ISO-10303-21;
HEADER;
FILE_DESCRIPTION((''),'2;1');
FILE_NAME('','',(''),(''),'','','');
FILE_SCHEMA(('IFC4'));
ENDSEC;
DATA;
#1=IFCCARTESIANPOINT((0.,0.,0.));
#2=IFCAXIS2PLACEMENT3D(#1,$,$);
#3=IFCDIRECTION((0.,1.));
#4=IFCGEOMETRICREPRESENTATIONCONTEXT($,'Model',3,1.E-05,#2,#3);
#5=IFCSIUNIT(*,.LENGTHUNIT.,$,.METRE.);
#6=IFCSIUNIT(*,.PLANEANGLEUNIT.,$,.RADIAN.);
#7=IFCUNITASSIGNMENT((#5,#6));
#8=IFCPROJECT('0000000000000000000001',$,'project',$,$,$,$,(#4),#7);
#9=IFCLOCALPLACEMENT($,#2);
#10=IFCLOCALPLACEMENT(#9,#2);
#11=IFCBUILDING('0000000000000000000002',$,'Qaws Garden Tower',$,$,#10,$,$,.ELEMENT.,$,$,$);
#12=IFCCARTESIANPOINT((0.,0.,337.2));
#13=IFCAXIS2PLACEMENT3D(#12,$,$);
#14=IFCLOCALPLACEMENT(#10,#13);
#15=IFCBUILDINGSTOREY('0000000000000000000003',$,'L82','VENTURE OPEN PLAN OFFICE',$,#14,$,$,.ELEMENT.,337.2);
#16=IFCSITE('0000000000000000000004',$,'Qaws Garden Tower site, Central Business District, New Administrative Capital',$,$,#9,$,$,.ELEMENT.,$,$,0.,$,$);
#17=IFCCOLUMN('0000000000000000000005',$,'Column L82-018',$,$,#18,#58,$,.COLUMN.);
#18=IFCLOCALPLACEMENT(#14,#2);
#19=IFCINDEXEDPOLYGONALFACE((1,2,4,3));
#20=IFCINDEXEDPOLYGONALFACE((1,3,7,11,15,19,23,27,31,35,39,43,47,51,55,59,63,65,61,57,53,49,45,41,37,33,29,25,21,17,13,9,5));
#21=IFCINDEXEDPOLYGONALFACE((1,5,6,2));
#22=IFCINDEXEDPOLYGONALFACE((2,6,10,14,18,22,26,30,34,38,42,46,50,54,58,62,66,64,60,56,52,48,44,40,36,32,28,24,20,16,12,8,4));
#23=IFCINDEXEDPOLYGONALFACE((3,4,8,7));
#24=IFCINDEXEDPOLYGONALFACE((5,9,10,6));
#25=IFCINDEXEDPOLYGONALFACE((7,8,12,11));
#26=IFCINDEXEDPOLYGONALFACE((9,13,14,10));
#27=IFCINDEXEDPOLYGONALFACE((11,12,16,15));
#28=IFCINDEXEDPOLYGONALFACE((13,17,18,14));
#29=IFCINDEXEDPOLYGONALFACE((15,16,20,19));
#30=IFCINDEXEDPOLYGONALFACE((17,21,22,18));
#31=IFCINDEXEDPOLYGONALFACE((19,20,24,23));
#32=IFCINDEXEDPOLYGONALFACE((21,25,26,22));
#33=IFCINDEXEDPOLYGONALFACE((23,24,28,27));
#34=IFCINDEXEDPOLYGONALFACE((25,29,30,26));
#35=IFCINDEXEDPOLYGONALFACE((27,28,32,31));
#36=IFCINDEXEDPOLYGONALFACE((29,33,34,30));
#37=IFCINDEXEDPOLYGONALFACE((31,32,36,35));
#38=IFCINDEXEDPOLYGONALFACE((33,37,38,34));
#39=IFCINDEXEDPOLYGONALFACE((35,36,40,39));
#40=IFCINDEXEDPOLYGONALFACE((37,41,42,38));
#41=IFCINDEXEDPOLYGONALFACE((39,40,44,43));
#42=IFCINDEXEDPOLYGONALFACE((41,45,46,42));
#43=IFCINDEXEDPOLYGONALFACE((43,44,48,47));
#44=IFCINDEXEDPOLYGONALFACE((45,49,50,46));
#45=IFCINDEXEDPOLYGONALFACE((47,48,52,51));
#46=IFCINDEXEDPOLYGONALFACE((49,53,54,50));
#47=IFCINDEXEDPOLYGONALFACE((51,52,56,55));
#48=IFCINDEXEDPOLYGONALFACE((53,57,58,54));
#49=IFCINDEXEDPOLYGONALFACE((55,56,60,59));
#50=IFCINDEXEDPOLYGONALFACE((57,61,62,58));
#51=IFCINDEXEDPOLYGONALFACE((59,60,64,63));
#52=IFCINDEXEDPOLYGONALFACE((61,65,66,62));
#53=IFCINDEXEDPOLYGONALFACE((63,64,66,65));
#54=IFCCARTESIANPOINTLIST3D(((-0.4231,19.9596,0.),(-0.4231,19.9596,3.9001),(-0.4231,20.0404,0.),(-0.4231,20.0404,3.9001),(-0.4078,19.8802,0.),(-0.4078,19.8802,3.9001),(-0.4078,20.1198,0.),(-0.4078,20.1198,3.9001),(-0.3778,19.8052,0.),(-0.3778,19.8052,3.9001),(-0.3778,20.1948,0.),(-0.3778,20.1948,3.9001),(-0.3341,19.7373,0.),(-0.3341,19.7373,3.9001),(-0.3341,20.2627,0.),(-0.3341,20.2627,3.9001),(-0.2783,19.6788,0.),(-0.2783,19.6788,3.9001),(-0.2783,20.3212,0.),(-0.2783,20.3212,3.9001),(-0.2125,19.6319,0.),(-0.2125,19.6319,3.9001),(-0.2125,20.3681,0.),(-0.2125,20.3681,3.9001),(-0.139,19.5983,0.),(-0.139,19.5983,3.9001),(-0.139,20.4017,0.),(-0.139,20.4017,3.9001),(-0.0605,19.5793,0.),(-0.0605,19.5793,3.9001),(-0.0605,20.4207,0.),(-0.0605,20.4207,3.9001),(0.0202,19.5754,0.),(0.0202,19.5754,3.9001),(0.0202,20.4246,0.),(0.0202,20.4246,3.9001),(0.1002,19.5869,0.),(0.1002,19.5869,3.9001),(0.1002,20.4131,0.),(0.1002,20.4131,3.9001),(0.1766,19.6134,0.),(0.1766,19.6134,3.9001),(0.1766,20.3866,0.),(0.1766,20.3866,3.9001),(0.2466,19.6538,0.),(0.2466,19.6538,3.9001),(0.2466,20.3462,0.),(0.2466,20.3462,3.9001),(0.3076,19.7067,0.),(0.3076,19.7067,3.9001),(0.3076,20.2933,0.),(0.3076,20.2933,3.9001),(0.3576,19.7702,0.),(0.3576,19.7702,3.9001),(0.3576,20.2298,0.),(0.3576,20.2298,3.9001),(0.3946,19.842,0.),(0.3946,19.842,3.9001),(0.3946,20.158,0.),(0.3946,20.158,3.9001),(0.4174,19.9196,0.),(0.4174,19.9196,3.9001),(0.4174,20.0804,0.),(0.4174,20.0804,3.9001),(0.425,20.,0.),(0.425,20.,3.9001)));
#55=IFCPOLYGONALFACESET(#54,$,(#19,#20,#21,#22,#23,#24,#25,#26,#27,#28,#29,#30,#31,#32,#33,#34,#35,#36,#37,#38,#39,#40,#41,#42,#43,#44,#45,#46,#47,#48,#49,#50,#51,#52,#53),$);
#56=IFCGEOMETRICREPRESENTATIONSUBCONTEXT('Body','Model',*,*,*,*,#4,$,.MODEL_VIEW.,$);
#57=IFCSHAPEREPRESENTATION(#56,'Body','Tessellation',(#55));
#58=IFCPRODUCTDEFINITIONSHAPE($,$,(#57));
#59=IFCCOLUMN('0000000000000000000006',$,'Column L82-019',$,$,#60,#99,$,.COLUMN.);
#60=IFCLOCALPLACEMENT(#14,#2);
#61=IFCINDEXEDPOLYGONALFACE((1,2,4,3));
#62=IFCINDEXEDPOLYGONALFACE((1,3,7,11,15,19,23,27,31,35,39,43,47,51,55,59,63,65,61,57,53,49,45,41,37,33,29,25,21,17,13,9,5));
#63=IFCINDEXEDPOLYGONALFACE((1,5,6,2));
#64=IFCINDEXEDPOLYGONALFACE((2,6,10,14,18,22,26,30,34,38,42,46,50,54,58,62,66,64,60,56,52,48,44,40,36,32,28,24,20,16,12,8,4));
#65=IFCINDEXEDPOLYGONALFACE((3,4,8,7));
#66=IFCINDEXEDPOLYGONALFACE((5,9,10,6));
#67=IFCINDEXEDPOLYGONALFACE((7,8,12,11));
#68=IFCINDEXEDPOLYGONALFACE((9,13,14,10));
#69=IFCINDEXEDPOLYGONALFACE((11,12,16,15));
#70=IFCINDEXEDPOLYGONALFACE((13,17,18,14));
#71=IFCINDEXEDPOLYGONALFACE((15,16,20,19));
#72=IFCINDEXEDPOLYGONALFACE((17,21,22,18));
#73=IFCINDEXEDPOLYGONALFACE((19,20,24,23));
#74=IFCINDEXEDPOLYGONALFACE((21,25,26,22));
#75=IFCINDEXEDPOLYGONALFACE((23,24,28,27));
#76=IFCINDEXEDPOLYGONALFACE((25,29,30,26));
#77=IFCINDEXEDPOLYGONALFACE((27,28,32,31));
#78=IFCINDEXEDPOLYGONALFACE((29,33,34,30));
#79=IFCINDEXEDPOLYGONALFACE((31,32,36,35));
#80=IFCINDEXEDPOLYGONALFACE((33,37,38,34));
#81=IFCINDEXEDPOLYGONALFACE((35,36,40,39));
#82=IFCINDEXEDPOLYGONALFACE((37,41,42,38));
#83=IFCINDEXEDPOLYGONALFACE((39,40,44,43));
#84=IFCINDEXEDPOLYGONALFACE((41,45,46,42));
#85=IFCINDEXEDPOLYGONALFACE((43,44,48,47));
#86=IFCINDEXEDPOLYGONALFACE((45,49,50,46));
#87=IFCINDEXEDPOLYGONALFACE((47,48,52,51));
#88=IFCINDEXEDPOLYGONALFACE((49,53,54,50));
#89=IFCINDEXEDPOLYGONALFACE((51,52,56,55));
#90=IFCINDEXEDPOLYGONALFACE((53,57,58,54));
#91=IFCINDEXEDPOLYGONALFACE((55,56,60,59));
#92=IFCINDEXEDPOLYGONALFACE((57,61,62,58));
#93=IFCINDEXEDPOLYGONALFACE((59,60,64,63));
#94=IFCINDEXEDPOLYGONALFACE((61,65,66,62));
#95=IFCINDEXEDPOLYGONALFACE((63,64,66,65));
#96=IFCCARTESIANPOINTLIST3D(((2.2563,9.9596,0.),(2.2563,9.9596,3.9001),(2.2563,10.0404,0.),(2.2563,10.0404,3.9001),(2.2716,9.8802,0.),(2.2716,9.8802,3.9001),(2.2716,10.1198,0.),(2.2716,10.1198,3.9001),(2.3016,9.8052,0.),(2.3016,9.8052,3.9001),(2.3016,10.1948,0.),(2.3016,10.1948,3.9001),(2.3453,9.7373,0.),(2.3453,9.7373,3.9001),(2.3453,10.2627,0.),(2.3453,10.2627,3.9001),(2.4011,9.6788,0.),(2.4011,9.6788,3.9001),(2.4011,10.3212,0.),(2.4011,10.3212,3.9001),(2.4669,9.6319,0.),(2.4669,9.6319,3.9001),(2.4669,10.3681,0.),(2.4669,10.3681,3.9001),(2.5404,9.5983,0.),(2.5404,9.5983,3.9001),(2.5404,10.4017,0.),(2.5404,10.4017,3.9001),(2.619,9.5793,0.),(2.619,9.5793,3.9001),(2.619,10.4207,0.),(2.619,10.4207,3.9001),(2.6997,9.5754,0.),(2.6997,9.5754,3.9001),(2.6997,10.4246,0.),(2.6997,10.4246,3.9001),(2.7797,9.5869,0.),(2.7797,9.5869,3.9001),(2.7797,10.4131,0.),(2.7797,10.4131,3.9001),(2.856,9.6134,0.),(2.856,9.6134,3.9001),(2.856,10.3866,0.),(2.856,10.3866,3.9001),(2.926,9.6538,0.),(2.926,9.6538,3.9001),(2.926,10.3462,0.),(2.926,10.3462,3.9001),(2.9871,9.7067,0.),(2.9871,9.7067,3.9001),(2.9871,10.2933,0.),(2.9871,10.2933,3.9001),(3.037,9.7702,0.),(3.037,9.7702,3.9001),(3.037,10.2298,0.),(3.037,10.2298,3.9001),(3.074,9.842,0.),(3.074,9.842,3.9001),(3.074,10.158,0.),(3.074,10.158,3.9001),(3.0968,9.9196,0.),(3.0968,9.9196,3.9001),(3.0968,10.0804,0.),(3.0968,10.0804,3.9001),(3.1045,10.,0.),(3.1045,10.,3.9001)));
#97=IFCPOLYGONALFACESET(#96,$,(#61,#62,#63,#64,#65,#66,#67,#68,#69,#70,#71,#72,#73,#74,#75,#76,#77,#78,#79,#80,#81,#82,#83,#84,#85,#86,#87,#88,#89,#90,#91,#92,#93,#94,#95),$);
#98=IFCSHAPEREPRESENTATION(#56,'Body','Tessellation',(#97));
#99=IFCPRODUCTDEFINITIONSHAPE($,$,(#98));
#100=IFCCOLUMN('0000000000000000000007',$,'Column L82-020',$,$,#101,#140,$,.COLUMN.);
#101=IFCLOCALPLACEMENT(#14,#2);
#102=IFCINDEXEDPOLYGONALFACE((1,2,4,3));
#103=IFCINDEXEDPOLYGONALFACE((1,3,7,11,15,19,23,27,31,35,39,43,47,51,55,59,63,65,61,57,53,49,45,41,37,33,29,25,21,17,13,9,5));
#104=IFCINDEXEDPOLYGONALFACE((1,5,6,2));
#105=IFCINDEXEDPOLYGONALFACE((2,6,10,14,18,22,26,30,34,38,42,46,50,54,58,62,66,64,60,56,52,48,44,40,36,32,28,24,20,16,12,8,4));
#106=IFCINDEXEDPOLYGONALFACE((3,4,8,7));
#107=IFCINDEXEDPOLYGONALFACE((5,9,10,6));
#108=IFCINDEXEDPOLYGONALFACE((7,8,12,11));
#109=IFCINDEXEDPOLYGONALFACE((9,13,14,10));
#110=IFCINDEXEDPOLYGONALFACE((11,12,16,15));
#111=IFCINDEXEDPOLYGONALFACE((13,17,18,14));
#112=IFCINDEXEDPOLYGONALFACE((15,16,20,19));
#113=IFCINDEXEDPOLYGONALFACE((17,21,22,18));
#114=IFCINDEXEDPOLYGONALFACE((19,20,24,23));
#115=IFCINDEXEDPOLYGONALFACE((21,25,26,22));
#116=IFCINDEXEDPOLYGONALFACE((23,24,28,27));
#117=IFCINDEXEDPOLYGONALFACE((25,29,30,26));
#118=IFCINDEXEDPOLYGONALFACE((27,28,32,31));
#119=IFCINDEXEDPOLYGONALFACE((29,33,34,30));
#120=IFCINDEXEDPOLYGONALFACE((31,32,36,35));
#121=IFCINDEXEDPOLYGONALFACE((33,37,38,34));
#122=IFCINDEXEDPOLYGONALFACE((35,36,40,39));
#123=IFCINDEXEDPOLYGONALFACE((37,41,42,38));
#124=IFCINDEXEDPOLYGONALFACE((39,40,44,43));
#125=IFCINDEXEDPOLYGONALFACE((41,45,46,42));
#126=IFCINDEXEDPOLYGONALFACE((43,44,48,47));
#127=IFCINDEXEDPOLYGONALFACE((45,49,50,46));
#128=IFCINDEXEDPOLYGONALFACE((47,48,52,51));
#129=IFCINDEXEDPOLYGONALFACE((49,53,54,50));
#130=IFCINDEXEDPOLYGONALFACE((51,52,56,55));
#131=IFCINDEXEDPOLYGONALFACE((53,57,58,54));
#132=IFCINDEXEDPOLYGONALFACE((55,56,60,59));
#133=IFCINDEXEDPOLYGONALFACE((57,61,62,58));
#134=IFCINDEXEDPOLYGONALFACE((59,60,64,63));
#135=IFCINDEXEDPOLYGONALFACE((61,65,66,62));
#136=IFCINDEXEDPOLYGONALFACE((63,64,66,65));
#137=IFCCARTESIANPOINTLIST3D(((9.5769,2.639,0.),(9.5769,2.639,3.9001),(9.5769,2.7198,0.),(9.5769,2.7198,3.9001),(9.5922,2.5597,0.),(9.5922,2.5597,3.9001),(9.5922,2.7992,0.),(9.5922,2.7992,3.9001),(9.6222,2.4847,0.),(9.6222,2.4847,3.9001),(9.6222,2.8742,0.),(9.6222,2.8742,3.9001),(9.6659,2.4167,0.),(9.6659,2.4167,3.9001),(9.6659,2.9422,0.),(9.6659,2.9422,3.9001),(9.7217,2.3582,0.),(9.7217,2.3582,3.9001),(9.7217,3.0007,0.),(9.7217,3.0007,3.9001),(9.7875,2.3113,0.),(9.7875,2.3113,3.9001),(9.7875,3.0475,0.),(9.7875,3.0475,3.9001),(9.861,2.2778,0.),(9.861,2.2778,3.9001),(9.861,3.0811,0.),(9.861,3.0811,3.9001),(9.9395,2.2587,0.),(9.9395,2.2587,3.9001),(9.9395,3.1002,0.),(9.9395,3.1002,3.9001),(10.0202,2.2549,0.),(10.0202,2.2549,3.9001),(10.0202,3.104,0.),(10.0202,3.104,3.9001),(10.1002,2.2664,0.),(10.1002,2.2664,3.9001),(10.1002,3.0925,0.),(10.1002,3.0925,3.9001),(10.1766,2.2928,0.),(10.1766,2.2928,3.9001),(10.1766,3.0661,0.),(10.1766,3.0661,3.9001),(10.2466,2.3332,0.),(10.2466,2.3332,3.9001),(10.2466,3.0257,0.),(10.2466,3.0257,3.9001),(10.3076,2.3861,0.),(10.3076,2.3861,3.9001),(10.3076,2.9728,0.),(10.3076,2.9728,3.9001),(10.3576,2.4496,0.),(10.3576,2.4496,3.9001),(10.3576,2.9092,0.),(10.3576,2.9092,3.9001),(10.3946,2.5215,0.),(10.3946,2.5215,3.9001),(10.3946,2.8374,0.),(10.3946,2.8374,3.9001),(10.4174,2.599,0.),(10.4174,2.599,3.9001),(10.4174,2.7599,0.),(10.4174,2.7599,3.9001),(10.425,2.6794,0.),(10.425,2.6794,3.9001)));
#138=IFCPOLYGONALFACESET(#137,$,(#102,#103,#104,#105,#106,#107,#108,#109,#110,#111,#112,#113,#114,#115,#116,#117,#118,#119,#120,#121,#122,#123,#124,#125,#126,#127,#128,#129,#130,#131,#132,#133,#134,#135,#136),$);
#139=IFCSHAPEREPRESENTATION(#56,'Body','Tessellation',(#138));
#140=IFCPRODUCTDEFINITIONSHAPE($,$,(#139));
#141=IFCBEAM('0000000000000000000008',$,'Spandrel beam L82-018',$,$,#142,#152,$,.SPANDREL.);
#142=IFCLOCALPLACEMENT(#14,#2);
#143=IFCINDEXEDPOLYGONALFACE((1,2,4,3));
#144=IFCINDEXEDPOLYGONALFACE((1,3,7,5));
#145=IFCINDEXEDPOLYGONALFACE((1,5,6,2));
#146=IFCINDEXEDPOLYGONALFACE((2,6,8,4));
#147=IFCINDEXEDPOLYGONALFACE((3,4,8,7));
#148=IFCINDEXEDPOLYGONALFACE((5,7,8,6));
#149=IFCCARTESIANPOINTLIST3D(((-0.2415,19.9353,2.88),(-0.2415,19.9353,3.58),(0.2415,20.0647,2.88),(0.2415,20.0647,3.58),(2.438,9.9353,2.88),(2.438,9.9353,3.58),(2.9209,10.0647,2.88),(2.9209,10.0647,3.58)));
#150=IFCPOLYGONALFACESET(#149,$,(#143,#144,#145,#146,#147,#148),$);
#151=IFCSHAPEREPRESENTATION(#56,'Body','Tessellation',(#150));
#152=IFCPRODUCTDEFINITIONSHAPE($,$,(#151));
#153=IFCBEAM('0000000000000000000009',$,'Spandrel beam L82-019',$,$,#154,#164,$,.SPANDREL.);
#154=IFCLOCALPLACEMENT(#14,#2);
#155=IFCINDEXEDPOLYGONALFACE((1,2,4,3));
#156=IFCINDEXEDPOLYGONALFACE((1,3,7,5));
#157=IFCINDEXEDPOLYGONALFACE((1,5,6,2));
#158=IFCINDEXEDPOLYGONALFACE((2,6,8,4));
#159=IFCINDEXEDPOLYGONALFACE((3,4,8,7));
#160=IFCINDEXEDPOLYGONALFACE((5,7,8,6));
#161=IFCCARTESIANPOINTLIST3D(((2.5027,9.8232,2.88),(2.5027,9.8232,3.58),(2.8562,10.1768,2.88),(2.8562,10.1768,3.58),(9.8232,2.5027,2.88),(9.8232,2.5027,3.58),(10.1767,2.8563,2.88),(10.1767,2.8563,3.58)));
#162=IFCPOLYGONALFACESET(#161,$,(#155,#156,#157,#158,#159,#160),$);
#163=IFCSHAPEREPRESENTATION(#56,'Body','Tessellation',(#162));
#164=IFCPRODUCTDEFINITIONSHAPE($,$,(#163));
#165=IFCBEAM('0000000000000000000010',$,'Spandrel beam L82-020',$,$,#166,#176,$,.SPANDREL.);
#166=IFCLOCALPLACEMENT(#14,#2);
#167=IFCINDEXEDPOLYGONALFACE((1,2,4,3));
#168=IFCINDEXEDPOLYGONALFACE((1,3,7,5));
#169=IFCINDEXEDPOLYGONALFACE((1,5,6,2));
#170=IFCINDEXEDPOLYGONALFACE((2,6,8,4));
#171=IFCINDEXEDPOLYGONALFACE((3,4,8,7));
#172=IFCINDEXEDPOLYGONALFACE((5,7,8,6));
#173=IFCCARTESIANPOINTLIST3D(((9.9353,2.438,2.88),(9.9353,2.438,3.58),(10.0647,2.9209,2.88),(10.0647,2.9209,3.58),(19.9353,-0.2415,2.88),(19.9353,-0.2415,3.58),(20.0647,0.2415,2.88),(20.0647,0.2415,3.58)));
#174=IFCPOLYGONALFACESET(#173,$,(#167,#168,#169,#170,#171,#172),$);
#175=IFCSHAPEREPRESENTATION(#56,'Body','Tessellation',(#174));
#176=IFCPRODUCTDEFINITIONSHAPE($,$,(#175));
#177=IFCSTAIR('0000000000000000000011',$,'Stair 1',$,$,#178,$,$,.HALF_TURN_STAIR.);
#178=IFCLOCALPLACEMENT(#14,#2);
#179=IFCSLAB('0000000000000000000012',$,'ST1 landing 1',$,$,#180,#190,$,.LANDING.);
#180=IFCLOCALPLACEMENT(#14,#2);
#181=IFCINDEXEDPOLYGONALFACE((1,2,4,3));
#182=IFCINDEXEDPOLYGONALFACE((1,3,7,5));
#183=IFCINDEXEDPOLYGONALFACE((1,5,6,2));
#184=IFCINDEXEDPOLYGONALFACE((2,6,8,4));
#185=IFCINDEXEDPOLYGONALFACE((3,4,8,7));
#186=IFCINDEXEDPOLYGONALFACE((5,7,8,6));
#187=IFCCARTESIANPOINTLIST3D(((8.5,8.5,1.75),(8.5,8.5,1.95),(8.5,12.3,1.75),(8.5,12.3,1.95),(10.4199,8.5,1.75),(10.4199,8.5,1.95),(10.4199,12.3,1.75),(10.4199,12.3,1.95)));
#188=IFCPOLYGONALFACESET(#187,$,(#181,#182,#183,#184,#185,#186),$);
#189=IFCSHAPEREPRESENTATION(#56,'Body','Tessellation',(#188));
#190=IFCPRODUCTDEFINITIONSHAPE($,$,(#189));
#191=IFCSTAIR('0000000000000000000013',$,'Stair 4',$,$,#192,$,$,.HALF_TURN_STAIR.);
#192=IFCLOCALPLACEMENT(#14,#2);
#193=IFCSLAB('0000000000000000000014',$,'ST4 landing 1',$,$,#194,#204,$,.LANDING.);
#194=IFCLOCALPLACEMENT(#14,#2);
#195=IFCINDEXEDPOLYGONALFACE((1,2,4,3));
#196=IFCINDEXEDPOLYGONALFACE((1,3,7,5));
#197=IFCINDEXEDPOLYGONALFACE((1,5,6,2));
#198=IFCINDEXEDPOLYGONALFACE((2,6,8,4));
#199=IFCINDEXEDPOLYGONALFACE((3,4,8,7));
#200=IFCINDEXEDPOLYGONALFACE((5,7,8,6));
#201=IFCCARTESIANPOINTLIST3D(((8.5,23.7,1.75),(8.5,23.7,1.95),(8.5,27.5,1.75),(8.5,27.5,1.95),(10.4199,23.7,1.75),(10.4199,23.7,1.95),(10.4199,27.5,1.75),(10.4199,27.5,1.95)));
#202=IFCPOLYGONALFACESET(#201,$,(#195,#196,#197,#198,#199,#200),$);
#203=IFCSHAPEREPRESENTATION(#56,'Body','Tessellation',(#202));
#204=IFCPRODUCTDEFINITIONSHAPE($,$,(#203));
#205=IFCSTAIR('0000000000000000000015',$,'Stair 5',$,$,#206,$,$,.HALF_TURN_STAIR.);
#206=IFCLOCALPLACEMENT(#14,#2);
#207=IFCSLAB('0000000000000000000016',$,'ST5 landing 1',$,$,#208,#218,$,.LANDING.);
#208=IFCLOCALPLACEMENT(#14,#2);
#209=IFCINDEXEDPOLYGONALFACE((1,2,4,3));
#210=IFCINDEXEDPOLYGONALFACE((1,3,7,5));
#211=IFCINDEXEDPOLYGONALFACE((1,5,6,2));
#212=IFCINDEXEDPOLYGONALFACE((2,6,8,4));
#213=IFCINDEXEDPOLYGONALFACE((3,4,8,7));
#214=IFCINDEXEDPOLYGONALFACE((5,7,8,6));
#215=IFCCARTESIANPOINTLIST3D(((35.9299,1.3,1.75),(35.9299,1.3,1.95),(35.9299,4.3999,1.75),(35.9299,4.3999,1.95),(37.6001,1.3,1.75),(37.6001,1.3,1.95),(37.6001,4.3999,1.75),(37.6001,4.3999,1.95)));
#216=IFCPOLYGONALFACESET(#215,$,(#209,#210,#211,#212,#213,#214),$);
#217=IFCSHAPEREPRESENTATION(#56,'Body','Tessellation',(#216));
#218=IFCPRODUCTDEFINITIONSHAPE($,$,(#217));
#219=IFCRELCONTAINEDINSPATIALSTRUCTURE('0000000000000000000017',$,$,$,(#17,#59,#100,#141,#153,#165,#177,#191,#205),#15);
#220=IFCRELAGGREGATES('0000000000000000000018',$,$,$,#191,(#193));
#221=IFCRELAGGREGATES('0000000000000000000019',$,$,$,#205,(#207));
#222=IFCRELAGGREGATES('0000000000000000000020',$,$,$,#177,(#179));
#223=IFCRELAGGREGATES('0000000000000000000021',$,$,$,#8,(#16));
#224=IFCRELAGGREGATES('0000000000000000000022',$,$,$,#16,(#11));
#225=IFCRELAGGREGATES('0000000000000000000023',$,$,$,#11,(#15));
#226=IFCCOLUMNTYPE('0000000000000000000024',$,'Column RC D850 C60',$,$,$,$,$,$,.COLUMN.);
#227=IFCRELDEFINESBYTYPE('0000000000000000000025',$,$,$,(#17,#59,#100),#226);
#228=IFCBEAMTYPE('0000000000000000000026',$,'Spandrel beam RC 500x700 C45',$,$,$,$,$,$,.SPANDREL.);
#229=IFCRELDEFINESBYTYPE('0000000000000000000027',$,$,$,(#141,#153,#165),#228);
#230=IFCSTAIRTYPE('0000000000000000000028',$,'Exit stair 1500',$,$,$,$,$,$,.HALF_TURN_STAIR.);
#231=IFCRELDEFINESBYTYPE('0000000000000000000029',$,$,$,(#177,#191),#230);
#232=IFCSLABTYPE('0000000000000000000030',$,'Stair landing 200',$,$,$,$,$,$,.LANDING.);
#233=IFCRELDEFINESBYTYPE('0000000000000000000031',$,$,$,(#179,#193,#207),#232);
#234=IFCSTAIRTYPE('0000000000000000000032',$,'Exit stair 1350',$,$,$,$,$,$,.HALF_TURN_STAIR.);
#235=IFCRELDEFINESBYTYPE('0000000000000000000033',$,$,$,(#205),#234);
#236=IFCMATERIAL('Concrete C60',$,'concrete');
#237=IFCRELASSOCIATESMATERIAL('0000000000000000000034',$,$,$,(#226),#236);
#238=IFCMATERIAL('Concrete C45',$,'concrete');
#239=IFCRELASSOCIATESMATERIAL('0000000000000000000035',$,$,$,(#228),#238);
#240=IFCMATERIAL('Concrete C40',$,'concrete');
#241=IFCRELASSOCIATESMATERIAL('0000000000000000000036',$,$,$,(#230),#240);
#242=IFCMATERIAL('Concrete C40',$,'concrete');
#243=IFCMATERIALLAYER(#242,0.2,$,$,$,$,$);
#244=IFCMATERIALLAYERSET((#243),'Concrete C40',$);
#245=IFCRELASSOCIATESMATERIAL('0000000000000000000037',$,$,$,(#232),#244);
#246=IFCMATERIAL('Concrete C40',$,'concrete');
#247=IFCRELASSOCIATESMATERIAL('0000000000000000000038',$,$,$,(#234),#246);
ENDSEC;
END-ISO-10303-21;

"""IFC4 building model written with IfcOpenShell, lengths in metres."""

from ifc_helpers import new_model, si_unit, direction, frame, origin, origin_2d, place, context, subcontext, project, spatial, polyline, rectangle, circle, outline, extrude, material, layer, layer_set, material_profile, profile_set, type_object, element, aggregate, save


model = new_model("IFC4")

# Units and contexts
model_context = context("Model", 3, precision=1e-05, world=origin(), true_north=direction((0.0, 1.0)))
body_context = subcontext(model_context, "Body", "Model", "MODEL_VIEW")
ifc_project = project(units=[si_unit("LENGTHUNIT", "METRE"), si_unit("PLANEANGLEUNIT", "RADIAN")], contexts=[model_context])

# Site, building, storey
site_placement = place(None, origin())
site = spatial("IfcSite", under=ifc_project, at=site_placement, Name="Qaws Garden Tower site, Central Business District, New Administrative Capital", CompositionType="ELEMENT", RefElevation=0.0)
building_placement = place(site_placement, origin())
building = spatial("IfcBuilding", under=site, at=building_placement, Name="Qaws Garden Tower", CompositionType="ELEMENT")
storey_placement = place(building_placement, frame((0.0, 0.0, 337.2)))
storey = spatial("IfcBuildingStorey", under=building, at=storey_placement, Name="L82", Description="VENTURE OPEN PLAN OFFICE", CompositionType="ELEMENT", Elevation=337.2)

# Columns
ifc_material_1 = material(Name="Concrete C60", Category="concrete")
ifc_material_profile_1 = material_profile(ifc_material_1, circle(Radius=0.425, at=origin_2d()), Name="RC D850")
ifc_profile_set_1 = profile_set([ifc_material_profile_1], Name="Concrete C60")
column_type = type_object("IfcColumnType", Name="Column RC D850 C60", PredefinedType="COLUMN", material=ifc_profile_set_1)
for number, where, z_axis, x_axis, name in (
    (1, (0.0, 20.0, 0.0), (0.0, 0.0, 1.0), (1.0, 0.0, 0.0), "Column L82-018"),
    (2, (2.6794, 10.0, 0.0), (0.0, 0.0, 1.0), (1.0, 0.0, 0.0), "Column L82-019"),
    (3, (10.0, 2.6794, 0.0), (0.0, 0.0, 1.0), (1.0, 0.0, 0.0), "Column L82-020"),
):
    element("IfcColumn", number, at=place(storey_placement, frame(where, z_axis=z_axis, x_axis=x_axis)), inside=storey, type_object=column_type, Name=name, PredefinedType="COLUMN", context=body_context, shape_type="SweptSolid", body=[
        extrude(circle(Radius=0.425, at=origin_2d()), origin(), (0.0, 0.0, 1.0), 3.9001),
    ])

# Beams
ifc_material_2 = material(Name="Concrete C45", Category="concrete")
ifc_material_profile_2 = material_profile(ifc_material_2, rectangle(XDim=0.5, YDim=0.7, at=origin_2d()), Name="RC 500x700")
ifc_profile_set_2 = profile_set([ifc_material_profile_2], Name="Concrete C45")
beam_type = type_object("IfcBeamType", Name="Spandrel beam RC 500x700 C45", PredefinedType="SPANDREL", material=ifc_profile_set_2)
for number, where, z_axis, x_axis, name in (
    (4, (0.0, 20.0, 3.23), (0.258815, -0.965927, 0.0), (0.965927, 0.258815, 0.0), "Spandrel beam L82-018"),
    (5, (2.6794, 10.0, 3.23), (0.707107, -0.707107, 0.0), (0.707107, 0.707107, 0.0), "Spandrel beam L82-019"),
    (6, (10.0, 2.6794, 3.23), (0.965927, -0.258815, 0.0), (0.258815, 0.965927, 0.0), "Spandrel beam L82-020"),
):
    element("IfcBeam", number, at=place(storey_placement, frame(where, z_axis=z_axis, x_axis=x_axis)), inside=storey, type_object=beam_type, Name=name, PredefinedType="SPANDREL", context=body_context, shape_type="SweptSolid", body=[
        extrude(rectangle(XDim=0.5, YDim=0.7, at=origin_2d()), origin(), (0.0, 0.0, 1.0), 10.3528),
    ])

# Stairs, slabs
ifc_material_3 = material(Name="Concrete C40", Category="concrete")
stair_type_1 = type_object("IfcStairType", Name="Exit stair 1500", PredefinedType="HALF_TURN_STAIR", material=ifc_material_3)
placement_1 = place(storey_placement, origin())
stair_1 = element("IfcStair", 7, at=placement_1, inside=storey, type_object=stair_type_1, Name="Stair 1", PredefinedType="HALF_TURN_STAIR")
ifc_material_4 = material(Name="Concrete C40", Category="concrete")
ifc_layer_1 = layer(ifc_material_4, 0.2)
ifc_layer_set_1 = layer_set([ifc_layer_1], Name="Concrete C40")
slab_type = type_object("IfcSlabType", Name="Stair landing 200", PredefinedType="LANDING", material=ifc_layer_set_1)
placement_2 = place(storey_placement, frame((0.0, 0.0, 1.75)))
slab_1 = element("IfcSlab", 8, at=placement_2, type_object=slab_type, Name="ST1 landing 1", PredefinedType="LANDING", context=body_context, shape_type="SweptSolid", body=[
    extrude(outline(polyline([(8.5, 8.5), (10.4199, 8.5), (10.4199, 12.3), (8.5, 12.3), (8.5, 8.5)])), origin(), (0.0, 0.0, 1.0), 0.2),
])
stair_2 = element("IfcStair", 9, at=placement_1, inside=storey, type_object=stair_type_1, Name="Stair 4", PredefinedType="HALF_TURN_STAIR")
slab_2 = element("IfcSlab", 10, at=placement_2, type_object=slab_type, Name="ST4 landing 1", PredefinedType="LANDING", context=body_context, shape_type="SweptSolid", body=[
    extrude(outline(polyline([(8.5, 23.7), (10.4199, 23.7), (10.4199, 27.5), (8.5, 27.5), (8.5, 23.7)])), origin(), (0.0, 0.0, 1.0), 0.2),
])
aggregate(stair_2, [slab_2])
ifc_material_5 = material(Name="Concrete C40", Category="concrete")
stair_type_2 = type_object("IfcStairType", Name="Exit stair 1350", PredefinedType="HALF_TURN_STAIR", material=ifc_material_5)
stair_3 = element("IfcStair", 11, at=placement_1, inside=storey, type_object=stair_type_2, Name="Stair 5", PredefinedType="HALF_TURN_STAIR")
slab_3 = element("IfcSlab", 12, at=placement_2, type_object=slab_type, Name="ST5 landing 1", PredefinedType="LANDING", context=body_context, shape_type="SweptSolid", body=[
    extrude(outline(polyline([(35.9299, 1.3), (37.6001, 1.3), (37.6001, 4.3999), (35.9299, 4.3999), (35.9299, 1.3)])), origin(), (0.0, 0.0, 1.0), 0.2),
])
aggregate(stair_3, [slab_3])

aggregate(stair_1, [slab_1])

save(model, "model.ifc")
